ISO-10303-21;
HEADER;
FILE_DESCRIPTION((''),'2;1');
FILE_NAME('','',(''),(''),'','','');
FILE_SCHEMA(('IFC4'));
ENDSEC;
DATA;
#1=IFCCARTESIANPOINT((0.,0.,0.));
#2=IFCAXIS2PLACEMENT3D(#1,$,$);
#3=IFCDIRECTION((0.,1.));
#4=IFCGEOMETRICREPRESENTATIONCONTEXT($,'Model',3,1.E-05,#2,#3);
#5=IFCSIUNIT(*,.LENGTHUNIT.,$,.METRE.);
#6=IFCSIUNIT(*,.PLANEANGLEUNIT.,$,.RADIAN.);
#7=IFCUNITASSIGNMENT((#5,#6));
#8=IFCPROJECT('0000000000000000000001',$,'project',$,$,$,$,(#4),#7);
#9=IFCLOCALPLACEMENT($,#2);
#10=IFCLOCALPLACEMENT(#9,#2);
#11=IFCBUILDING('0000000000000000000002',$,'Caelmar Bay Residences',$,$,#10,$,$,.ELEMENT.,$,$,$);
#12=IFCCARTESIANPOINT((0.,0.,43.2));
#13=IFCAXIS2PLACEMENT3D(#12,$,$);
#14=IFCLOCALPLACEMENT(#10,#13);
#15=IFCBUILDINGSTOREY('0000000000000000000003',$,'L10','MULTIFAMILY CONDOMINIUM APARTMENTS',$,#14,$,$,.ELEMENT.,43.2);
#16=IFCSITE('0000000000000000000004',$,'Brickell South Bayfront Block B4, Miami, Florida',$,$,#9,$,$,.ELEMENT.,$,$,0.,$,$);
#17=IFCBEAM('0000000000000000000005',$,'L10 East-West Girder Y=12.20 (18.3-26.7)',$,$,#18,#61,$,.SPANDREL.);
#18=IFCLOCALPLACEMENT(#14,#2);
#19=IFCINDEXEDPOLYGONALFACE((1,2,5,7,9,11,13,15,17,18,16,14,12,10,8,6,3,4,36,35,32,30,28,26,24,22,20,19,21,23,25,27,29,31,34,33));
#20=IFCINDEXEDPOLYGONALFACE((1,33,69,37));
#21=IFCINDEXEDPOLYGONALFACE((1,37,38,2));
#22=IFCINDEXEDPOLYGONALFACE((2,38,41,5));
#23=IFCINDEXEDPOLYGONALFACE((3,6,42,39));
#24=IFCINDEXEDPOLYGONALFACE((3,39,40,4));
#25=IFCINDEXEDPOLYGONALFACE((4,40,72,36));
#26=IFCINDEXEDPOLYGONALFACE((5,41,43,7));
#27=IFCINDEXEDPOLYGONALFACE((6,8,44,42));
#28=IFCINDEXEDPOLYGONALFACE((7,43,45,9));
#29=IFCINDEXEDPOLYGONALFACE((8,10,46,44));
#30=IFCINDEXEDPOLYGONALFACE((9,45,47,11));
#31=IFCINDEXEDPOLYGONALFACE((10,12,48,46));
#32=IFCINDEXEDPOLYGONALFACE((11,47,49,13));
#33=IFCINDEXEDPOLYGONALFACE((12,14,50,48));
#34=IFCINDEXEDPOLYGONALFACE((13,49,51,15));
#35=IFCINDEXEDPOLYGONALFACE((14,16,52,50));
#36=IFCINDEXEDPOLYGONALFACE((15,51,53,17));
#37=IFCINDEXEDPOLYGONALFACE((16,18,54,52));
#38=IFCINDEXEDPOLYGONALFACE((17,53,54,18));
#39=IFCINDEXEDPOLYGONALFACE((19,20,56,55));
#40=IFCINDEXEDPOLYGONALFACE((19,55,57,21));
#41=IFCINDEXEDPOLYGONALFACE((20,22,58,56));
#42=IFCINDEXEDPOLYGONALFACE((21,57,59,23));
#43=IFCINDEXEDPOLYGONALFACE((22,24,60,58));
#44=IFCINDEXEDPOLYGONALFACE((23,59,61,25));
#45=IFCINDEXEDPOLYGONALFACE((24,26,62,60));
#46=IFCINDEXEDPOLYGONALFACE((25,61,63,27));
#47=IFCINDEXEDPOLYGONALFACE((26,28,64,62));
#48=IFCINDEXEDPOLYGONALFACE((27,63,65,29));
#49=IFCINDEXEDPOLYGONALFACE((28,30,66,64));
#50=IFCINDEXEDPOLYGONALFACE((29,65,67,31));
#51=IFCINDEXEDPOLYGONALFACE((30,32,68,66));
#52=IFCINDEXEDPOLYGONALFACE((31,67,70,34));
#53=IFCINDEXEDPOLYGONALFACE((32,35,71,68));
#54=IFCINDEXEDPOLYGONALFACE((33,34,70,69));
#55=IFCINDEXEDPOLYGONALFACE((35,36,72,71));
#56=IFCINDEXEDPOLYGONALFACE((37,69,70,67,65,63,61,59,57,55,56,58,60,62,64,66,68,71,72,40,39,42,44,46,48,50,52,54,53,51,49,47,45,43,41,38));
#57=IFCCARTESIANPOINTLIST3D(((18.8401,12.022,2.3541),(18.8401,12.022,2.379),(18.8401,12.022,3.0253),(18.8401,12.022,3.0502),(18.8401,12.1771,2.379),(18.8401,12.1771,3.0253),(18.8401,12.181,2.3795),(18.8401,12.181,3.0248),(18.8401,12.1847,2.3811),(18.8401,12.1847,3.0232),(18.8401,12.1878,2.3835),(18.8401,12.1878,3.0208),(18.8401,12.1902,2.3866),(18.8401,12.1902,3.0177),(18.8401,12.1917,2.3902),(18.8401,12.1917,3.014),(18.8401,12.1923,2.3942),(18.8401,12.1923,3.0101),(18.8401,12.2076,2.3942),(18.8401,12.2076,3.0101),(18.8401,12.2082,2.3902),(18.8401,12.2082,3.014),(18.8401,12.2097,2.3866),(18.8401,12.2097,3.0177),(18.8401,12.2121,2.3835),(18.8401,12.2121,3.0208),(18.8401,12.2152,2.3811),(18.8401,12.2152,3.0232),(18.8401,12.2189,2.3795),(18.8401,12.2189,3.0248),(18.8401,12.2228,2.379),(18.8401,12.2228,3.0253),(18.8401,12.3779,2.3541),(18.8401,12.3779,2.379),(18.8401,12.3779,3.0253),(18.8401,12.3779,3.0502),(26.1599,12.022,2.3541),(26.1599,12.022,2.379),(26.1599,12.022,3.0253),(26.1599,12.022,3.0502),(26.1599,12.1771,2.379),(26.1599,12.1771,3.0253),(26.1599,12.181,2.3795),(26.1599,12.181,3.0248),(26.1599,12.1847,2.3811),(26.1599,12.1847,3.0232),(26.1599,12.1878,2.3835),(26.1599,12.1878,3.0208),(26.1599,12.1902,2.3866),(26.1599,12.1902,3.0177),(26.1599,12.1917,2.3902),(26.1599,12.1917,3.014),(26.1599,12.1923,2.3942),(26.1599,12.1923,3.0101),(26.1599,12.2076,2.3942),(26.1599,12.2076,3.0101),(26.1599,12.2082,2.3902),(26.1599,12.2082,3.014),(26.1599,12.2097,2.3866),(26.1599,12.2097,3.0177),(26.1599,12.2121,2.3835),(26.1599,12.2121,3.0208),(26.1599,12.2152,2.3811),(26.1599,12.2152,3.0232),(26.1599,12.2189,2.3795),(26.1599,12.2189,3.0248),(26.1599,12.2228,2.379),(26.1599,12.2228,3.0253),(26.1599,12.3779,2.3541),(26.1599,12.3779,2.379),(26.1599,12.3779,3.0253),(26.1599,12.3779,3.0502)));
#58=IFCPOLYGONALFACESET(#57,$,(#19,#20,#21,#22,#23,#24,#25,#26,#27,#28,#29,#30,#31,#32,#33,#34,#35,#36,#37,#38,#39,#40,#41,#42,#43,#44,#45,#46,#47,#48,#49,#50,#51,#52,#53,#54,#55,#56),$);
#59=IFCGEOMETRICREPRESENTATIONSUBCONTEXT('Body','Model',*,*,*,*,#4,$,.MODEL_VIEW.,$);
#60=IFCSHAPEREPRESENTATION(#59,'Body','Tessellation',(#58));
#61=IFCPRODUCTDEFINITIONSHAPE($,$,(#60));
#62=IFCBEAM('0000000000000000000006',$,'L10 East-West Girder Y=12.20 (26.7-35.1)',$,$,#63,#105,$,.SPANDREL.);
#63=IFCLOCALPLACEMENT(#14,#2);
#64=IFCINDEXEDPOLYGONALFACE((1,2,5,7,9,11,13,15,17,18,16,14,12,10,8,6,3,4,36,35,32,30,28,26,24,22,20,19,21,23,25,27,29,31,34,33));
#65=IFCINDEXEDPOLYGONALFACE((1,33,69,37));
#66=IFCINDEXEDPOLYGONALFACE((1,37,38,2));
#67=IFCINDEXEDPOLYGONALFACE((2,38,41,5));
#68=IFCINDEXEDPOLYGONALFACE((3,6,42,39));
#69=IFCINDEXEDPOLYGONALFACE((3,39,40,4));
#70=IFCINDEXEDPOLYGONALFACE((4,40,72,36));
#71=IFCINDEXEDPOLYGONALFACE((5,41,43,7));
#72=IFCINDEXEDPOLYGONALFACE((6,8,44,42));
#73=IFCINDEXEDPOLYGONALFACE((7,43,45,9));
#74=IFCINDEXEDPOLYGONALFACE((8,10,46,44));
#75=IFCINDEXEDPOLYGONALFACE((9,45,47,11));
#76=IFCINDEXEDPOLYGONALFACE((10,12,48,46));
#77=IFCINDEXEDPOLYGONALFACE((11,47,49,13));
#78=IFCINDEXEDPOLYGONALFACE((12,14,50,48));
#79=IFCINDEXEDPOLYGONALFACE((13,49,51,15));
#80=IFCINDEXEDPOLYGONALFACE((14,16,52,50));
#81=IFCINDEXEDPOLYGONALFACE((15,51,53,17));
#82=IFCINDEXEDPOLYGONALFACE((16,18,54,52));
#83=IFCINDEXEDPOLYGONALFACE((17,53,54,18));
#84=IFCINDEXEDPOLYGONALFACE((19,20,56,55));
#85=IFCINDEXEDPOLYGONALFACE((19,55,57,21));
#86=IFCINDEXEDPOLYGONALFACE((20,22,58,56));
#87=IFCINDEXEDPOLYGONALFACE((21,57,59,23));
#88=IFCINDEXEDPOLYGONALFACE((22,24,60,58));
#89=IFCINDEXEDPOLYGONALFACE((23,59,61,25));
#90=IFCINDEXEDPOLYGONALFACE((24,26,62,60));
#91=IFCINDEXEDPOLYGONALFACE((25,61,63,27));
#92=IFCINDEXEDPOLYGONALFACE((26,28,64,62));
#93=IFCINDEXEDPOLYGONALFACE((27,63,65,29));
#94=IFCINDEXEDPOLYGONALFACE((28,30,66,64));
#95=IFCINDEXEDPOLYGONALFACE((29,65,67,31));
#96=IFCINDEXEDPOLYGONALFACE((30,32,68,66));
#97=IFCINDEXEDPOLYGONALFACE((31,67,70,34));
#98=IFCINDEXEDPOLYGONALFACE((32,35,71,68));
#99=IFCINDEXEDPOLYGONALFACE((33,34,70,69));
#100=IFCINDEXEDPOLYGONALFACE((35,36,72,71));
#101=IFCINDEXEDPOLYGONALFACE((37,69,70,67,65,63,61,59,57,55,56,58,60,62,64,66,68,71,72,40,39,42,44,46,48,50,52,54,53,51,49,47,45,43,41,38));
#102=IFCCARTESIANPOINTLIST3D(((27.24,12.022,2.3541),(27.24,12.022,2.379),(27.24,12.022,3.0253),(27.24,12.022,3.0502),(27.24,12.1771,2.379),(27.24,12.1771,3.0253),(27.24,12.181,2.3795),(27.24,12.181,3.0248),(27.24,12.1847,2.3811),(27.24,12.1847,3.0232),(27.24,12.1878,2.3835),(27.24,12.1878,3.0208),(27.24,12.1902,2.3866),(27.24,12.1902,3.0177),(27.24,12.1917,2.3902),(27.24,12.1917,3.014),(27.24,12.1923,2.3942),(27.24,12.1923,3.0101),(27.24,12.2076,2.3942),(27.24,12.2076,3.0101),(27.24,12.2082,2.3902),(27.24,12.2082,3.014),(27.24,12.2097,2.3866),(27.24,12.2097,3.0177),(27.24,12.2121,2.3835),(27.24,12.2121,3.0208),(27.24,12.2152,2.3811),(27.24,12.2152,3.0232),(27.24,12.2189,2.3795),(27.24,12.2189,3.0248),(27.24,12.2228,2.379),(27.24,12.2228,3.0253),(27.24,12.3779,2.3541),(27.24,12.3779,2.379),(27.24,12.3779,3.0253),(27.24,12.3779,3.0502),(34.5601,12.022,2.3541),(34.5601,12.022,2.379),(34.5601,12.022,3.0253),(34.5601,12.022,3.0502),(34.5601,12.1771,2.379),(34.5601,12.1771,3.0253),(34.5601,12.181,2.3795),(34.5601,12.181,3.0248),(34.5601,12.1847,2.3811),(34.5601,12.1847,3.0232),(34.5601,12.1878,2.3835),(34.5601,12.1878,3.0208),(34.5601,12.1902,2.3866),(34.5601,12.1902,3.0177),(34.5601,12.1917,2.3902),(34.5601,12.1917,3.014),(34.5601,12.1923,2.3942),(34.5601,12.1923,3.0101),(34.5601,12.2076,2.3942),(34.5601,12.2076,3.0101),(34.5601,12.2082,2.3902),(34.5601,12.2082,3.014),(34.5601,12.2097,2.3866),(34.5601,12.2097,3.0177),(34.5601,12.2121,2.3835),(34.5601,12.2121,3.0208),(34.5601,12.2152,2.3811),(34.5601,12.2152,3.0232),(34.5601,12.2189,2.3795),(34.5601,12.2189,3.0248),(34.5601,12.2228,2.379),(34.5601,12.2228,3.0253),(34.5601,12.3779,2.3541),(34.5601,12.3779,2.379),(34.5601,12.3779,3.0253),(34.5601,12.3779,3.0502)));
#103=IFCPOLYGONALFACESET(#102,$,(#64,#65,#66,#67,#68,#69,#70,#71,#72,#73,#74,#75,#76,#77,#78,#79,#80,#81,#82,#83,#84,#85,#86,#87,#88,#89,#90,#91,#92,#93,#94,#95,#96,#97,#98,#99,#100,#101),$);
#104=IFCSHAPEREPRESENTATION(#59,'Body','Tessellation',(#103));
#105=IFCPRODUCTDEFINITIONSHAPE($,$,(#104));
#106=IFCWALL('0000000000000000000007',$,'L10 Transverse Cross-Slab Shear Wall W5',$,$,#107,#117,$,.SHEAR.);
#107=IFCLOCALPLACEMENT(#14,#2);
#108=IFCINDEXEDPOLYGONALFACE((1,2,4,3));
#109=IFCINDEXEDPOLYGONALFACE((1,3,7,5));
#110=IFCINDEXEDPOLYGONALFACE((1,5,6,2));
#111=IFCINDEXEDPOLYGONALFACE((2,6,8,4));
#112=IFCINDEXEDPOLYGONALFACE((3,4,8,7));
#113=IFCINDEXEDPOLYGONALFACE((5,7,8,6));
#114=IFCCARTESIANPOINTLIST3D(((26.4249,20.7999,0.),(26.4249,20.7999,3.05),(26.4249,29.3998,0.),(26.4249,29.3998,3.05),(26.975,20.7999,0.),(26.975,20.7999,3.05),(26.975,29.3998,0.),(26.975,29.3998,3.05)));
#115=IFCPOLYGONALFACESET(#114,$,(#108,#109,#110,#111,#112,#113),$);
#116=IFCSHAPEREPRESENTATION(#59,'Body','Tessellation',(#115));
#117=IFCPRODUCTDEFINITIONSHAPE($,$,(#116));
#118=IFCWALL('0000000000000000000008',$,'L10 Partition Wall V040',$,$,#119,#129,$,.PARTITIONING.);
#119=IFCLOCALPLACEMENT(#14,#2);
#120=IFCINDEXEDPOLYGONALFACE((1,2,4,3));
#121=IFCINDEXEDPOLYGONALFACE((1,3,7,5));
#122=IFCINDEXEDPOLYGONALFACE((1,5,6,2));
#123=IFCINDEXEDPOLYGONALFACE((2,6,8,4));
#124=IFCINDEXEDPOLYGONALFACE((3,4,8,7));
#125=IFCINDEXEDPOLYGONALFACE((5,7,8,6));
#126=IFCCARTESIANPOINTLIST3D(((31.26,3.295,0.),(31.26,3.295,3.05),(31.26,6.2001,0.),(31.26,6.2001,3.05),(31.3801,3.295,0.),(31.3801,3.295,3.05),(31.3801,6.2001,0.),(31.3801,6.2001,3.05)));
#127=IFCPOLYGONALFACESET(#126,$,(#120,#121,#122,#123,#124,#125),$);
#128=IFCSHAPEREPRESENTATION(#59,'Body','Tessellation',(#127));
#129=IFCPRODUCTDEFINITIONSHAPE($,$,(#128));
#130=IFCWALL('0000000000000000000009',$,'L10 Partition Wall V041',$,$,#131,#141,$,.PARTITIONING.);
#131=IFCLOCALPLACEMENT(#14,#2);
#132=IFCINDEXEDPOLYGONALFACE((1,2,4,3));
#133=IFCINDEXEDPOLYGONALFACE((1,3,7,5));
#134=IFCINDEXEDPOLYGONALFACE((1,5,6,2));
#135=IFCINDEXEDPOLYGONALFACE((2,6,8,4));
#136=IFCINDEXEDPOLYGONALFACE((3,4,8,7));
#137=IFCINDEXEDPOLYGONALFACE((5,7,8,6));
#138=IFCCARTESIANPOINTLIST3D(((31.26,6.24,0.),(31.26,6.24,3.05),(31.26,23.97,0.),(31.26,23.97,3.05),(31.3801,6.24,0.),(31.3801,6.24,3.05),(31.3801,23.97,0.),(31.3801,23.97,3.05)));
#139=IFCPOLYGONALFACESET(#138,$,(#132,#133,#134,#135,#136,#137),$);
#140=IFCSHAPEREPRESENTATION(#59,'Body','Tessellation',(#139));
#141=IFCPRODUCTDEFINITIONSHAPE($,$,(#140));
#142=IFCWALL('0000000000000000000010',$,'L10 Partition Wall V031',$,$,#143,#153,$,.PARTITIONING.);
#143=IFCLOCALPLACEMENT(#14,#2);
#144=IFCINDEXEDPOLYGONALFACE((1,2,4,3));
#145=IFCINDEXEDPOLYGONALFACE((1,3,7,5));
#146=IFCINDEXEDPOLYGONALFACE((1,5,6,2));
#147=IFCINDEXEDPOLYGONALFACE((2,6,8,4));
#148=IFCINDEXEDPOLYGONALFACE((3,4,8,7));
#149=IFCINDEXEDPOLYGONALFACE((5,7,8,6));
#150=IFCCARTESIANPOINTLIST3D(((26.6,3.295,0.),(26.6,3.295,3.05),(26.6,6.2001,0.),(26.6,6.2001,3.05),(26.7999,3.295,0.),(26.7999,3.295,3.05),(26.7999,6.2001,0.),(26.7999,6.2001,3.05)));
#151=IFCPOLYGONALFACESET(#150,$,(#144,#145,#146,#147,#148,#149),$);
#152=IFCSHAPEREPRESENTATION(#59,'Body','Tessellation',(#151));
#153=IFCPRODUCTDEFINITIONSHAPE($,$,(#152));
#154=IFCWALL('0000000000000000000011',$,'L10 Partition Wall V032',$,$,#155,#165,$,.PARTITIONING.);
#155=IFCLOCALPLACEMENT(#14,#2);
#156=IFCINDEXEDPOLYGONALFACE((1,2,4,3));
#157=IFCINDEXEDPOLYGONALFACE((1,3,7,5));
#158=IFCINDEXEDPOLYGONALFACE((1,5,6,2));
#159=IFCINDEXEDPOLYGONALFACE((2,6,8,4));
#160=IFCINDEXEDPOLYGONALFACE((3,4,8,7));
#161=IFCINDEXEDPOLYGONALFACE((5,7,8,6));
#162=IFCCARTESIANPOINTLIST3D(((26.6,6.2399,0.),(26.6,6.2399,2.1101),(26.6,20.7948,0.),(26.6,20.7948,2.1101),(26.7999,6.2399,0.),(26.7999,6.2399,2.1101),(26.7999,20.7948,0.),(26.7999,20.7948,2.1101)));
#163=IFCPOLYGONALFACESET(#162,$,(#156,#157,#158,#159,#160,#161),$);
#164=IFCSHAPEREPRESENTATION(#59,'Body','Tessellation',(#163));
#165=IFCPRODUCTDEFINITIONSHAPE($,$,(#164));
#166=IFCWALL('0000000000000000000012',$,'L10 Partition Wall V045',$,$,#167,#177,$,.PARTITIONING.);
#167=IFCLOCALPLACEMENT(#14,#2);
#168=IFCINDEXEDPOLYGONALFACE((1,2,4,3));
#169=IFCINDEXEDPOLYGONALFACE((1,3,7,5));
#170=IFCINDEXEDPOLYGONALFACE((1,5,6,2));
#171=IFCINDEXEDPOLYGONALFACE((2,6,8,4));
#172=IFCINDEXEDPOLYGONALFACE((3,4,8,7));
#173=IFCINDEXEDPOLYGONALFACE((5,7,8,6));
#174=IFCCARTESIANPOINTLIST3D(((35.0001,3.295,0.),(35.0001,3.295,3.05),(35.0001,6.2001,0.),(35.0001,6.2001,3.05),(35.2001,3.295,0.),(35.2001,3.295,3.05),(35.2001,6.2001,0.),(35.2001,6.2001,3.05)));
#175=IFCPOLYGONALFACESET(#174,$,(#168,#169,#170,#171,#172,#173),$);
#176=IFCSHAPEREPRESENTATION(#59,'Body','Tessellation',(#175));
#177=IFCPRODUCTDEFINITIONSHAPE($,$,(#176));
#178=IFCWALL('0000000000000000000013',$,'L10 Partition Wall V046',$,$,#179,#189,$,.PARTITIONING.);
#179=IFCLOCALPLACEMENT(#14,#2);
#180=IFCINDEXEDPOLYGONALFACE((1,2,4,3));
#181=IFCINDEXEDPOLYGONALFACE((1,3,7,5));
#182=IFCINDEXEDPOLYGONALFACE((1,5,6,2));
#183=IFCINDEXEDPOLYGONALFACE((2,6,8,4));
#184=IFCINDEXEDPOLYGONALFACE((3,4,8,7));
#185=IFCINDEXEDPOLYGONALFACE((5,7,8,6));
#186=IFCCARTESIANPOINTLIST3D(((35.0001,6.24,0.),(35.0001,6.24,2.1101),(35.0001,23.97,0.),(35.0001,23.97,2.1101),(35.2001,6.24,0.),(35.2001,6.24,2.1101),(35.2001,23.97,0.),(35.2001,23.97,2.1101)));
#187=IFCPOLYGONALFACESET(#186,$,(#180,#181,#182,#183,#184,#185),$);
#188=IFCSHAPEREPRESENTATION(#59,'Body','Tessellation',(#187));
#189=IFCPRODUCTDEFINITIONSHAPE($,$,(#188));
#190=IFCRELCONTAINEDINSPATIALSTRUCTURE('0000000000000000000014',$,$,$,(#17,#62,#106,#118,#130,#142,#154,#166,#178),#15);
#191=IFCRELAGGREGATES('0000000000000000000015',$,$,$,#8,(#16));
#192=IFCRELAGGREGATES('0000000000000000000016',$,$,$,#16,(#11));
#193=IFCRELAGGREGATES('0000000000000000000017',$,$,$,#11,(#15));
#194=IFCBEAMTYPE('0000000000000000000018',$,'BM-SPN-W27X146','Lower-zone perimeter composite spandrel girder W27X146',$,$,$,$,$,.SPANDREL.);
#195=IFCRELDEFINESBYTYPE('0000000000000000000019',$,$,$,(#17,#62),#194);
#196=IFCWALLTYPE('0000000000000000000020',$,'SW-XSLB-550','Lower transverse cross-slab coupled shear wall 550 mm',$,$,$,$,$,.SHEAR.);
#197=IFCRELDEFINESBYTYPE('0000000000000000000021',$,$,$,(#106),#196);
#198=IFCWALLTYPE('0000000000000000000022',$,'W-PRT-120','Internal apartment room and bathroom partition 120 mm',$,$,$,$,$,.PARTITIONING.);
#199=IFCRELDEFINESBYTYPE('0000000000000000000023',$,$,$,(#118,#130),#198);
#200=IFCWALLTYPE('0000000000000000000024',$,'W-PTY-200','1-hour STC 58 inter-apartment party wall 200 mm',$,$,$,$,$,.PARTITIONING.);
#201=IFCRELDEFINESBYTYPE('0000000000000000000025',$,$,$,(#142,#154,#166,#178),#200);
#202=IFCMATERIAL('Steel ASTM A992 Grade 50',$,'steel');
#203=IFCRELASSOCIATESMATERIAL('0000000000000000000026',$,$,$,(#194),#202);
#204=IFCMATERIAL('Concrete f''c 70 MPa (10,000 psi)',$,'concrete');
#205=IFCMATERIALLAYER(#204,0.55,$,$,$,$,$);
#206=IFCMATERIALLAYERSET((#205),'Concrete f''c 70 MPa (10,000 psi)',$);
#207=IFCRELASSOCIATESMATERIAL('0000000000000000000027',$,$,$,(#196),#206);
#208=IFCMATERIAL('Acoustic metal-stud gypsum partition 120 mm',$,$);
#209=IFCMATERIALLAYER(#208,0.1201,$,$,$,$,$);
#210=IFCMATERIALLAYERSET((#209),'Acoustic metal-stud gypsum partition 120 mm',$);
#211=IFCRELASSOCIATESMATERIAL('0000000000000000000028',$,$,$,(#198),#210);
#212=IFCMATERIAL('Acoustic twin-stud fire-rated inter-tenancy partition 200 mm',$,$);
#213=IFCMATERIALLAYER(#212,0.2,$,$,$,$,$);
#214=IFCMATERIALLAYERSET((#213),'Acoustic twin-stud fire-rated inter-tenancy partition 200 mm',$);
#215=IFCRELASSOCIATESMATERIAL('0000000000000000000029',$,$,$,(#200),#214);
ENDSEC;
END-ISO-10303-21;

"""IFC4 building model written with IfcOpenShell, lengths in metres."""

from ifc_helpers import new_model, si_unit, direction, frame, frame_2d, origin, origin_2d, place, context, subcontext, project, spatial, rectangle, i_section, extrude, material, layer, layer_set, material_profile, profile_set, type_object, element, save


model = new_model("IFC4")

# Units and contexts
model_context = context("Model", 3, precision=1e-05, world=origin(), true_north=direction((0.0, 1.0)))
body_context = subcontext(model_context, "Body", "Model", "MODEL_VIEW")
ifc_project = project(units=[si_unit("LENGTHUNIT", "METRE"), si_unit("PLANEANGLEUNIT", "RADIAN")], contexts=[model_context])

# Site, building, storey
site_placement = place(None, origin())
site = spatial("IfcSite", under=ifc_project, at=site_placement, Name="Brickell South Bayfront Block B4, Miami, Florida", CompositionType="ELEMENT", RefElevation=0.0)
building_placement = place(site_placement, origin())
building = spatial("IfcBuilding", under=site, at=building_placement, Name="Caelmar Bay Residences", CompositionType="ELEMENT")
storey_placement = place(building_placement, frame((0.0, 0.0, 43.2)))
storey = spatial("IfcBuildingStorey", under=building, at=storey_placement, Name="L10", Description="MULTIFAMILY CONDOMINIUM APARTMENTS", CompositionType="ELEMENT", Elevation=43.2)

# Shared definitions
ifc_material_1 = material(Name="Concrete f'c 70 MPa (10,000 psi)", Category="concrete")

# Beams
ifc_material_2 = material(Name="Steel ASTM A992 Grade 50", Category="steel")
ifc_material_profile_1 = material_profile(ifc_material_2, i_section(OverallWidth=0.356, OverallDepth=0.696, WebThickness=0.0154, FlangeThickness=0.0249, FilletRadius=0.0151, at=origin_2d()), Name="W27X146")
ifc_profile_set_1 = profile_set([ifc_material_profile_1], Name="Steel ASTM A992 Grade 50")
beam_type_1 = type_object("IfcBeamType", Name="BM-SPN-W27X146", Description="Lower-zone perimeter composite spandrel girder W27X146", PredefinedType="SPANDREL", material=ifc_profile_set_1)
beam_1_placement = place(storey_placement, frame((18.8401, 12.2, 2.7021), z_axis=(1.0, 0.0, 0.0), x_axis=(0.0, 1.0, 0.0)))
element("IfcBeam", 1, at=beam_1_placement, inside=storey, type_object=beam_type_1, Name="L10 East-West Girder Y=12.20 (18.3-26.7)", PredefinedType="SPANDREL", context=body_context, shape_type="SweptSolid", body=[
    extrude(i_section(OverallWidth=0.356, OverallDepth=0.696, WebThickness=0.0154, FlangeThickness=0.0249, FilletRadius=0.0151, at=origin_2d()), origin(), (0.0, 0.0, 1.0), 7.3198),
])
beam_2_placement = place(storey_placement, frame((27.24, 12.2, 2.7021), z_axis=(1.0, 0.0, 0.0), x_axis=(0.0, 1.0, 0.0)))
element("IfcBeam", 2, at=beam_2_placement, inside=storey, type_object=beam_type_1, Name="L10 East-West Girder Y=12.20 (26.7-35.1)", PredefinedType="SPANDREL", context=body_context, shape_type="SweptSolid", body=[
    extrude(i_section(OverallWidth=0.356, OverallDepth=0.696, WebThickness=0.0154, FlangeThickness=0.0249, FilletRadius=0.0151, at=origin_2d()), origin(), (0.0, 0.0, 1.0), 7.3201),
])

# Walls
ifc_layer_1 = layer(ifc_material_1, 0.55)
ifc_layer_set_1 = layer_set([ifc_layer_1], Name="Concrete f'c 70 MPa (10,000 psi)")
wall_type_1 = type_object("IfcWallType", Name="SW-XSLB-550", Description="Lower transverse cross-slab coupled shear wall 550 mm", PredefinedType="SHEAR", material=ifc_layer_set_1)
wall_1_placement = place(storey_placement, frame((26.7, 20.8, 0.0), z_axis=(0.0, 0.0, 1.0), x_axis=(0.0, 1.0, 0.0)))
element("IfcWall", 3, at=wall_1_placement, inside=storey, type_object=wall_type_1, Name="L10 Transverse Cross-Slab Shear Wall W5", PredefinedType="SHEAR", context=body_context, shape_type="SweptSolid", body=[
    extrude(rectangle(XDim=8.5999, YDim=0.55, at=frame_2d((4.2998, 0.0))), origin(), (0.0, 0.0, 1.0), 3.05),
])
ifc_material_3 = material(Name="Acoustic metal-stud gypsum partition 120 mm")
ifc_layer_2 = layer(ifc_material_3, 0.1201)
ifc_layer_set_2 = layer_set([ifc_layer_2], Name="Acoustic metal-stud gypsum partition 120 mm")
wall_type_2 = type_object("IfcWallType", Name="W-PRT-120", Description="Internal apartment room and bathroom partition 120 mm", PredefinedType="PARTITIONING", material=ifc_layer_set_2)
wall_2_placement = place(storey_placement, frame((31.3201, 3.2949, 0.0), z_axis=(0.0, 0.0, 1.0), x_axis=(0.0, 1.0, 0.0)))
element("IfcWall", 4, at=wall_2_placement, inside=storey, type_object=wall_type_2, Name="L10 Partition Wall V040", PredefinedType="PARTITIONING", context=body_context, shape_type="SweptSolid", body=[
    extrude(rectangle(XDim=2.905, YDim=0.1201, at=frame_2d((1.4526, 0.0))), origin(), (0.0, 0.0, 1.0), 3.05),
])
wall_3_placement = place(storey_placement, frame((31.3201, 6.24, 0.0), z_axis=(0.0, 0.0, 1.0), x_axis=(0.0, 1.0, 0.0)))
element("IfcWall", 5, at=wall_3_placement, inside=storey, type_object=wall_type_2, Name="L10 Partition Wall V041", PredefinedType="PARTITIONING", context=body_context, shape_type="SweptSolid", body=[
    extrude(rectangle(XDim=17.73, YDim=0.1201, at=frame_2d((8.865, 0.0))), origin(), (0.0, 0.0, 1.0), 3.05),
])

# Walls
ifc_material_4 = material(Name="Acoustic twin-stud fire-rated inter-tenancy partition 200 mm")
ifc_layer_3 = layer(ifc_material_4, 0.2)
ifc_layer_set_3 = layer_set([ifc_layer_3], Name="Acoustic twin-stud fire-rated inter-tenancy partition 200 mm")
wall_type_3 = type_object("IfcWallType", Name="W-PTY-200", Description="1-hour STC 58 inter-apartment party wall 200 mm", PredefinedType="PARTITIONING", material=ifc_layer_set_3)
wall_4_placement = place(storey_placement, frame((26.7, 3.2949, 0.0), z_axis=(0.0, 0.0, 1.0), x_axis=(0.0, 1.0, 0.0)))
element("IfcWall", 6, at=wall_4_placement, inside=storey, type_object=wall_type_3, Name="L10 Partition Wall V031", PredefinedType="PARTITIONING", context=body_context, shape_type="SweptSolid", body=[
    extrude(rectangle(XDim=2.905, YDim=0.2, at=frame_2d((1.4526, 0.0))), origin(), (0.0, 0.0, 1.0), 3.05),
])
wall_5_placement = place(storey_placement, frame((26.7, 6.24, 0.0), z_axis=(0.0, 0.0, 1.0), x_axis=(0.0, 1.0, 0.0)))
element("IfcWall", 7, at=wall_5_placement, inside=storey, type_object=wall_type_3, Name="L10 Partition Wall V032", PredefinedType="PARTITIONING", context=body_context, shape_type="SweptSolid", body=[
    extrude(rectangle(XDim=14.5549, YDim=0.2, at=frame_2d((7.2773, 0.0))), origin(), (0.0, 0.0, 1.0), 2.1101),
])
wall_6_placement = place(storey_placement, frame((35.1001, 3.2949, 0.0), z_axis=(0.0, 0.0, 1.0), x_axis=(0.0, 1.0, 0.0)))
element("IfcWall", 8, at=wall_6_placement, inside=storey, type_object=wall_type_3, Name="L10 Partition Wall V045", PredefinedType="PARTITIONING", context=body_context, shape_type="SweptSolid", body=[
    extrude(rectangle(XDim=2.905, YDim=0.2, at=frame_2d((1.4526, 0.0))), origin(), (0.0, 0.0, 1.0), 3.05),
])
wall_7_placement = place(storey_placement, frame((35.1001, 6.24, 0.0), z_axis=(0.0, 0.0, 1.0), x_axis=(0.0, 1.0, 0.0)))
element("IfcWall", 9, at=wall_7_placement, inside=storey, type_object=wall_type_3, Name="L10 Partition Wall V046", PredefinedType="PARTITIONING", context=body_context, shape_type="SweptSolid", body=[
    extrude(rectangle(XDim=17.73, YDim=0.2, at=frame_2d((8.865, 0.0))), origin(), (0.0, 0.0, 1.0), 2.1101),
])

save(model, "model.ifc")
